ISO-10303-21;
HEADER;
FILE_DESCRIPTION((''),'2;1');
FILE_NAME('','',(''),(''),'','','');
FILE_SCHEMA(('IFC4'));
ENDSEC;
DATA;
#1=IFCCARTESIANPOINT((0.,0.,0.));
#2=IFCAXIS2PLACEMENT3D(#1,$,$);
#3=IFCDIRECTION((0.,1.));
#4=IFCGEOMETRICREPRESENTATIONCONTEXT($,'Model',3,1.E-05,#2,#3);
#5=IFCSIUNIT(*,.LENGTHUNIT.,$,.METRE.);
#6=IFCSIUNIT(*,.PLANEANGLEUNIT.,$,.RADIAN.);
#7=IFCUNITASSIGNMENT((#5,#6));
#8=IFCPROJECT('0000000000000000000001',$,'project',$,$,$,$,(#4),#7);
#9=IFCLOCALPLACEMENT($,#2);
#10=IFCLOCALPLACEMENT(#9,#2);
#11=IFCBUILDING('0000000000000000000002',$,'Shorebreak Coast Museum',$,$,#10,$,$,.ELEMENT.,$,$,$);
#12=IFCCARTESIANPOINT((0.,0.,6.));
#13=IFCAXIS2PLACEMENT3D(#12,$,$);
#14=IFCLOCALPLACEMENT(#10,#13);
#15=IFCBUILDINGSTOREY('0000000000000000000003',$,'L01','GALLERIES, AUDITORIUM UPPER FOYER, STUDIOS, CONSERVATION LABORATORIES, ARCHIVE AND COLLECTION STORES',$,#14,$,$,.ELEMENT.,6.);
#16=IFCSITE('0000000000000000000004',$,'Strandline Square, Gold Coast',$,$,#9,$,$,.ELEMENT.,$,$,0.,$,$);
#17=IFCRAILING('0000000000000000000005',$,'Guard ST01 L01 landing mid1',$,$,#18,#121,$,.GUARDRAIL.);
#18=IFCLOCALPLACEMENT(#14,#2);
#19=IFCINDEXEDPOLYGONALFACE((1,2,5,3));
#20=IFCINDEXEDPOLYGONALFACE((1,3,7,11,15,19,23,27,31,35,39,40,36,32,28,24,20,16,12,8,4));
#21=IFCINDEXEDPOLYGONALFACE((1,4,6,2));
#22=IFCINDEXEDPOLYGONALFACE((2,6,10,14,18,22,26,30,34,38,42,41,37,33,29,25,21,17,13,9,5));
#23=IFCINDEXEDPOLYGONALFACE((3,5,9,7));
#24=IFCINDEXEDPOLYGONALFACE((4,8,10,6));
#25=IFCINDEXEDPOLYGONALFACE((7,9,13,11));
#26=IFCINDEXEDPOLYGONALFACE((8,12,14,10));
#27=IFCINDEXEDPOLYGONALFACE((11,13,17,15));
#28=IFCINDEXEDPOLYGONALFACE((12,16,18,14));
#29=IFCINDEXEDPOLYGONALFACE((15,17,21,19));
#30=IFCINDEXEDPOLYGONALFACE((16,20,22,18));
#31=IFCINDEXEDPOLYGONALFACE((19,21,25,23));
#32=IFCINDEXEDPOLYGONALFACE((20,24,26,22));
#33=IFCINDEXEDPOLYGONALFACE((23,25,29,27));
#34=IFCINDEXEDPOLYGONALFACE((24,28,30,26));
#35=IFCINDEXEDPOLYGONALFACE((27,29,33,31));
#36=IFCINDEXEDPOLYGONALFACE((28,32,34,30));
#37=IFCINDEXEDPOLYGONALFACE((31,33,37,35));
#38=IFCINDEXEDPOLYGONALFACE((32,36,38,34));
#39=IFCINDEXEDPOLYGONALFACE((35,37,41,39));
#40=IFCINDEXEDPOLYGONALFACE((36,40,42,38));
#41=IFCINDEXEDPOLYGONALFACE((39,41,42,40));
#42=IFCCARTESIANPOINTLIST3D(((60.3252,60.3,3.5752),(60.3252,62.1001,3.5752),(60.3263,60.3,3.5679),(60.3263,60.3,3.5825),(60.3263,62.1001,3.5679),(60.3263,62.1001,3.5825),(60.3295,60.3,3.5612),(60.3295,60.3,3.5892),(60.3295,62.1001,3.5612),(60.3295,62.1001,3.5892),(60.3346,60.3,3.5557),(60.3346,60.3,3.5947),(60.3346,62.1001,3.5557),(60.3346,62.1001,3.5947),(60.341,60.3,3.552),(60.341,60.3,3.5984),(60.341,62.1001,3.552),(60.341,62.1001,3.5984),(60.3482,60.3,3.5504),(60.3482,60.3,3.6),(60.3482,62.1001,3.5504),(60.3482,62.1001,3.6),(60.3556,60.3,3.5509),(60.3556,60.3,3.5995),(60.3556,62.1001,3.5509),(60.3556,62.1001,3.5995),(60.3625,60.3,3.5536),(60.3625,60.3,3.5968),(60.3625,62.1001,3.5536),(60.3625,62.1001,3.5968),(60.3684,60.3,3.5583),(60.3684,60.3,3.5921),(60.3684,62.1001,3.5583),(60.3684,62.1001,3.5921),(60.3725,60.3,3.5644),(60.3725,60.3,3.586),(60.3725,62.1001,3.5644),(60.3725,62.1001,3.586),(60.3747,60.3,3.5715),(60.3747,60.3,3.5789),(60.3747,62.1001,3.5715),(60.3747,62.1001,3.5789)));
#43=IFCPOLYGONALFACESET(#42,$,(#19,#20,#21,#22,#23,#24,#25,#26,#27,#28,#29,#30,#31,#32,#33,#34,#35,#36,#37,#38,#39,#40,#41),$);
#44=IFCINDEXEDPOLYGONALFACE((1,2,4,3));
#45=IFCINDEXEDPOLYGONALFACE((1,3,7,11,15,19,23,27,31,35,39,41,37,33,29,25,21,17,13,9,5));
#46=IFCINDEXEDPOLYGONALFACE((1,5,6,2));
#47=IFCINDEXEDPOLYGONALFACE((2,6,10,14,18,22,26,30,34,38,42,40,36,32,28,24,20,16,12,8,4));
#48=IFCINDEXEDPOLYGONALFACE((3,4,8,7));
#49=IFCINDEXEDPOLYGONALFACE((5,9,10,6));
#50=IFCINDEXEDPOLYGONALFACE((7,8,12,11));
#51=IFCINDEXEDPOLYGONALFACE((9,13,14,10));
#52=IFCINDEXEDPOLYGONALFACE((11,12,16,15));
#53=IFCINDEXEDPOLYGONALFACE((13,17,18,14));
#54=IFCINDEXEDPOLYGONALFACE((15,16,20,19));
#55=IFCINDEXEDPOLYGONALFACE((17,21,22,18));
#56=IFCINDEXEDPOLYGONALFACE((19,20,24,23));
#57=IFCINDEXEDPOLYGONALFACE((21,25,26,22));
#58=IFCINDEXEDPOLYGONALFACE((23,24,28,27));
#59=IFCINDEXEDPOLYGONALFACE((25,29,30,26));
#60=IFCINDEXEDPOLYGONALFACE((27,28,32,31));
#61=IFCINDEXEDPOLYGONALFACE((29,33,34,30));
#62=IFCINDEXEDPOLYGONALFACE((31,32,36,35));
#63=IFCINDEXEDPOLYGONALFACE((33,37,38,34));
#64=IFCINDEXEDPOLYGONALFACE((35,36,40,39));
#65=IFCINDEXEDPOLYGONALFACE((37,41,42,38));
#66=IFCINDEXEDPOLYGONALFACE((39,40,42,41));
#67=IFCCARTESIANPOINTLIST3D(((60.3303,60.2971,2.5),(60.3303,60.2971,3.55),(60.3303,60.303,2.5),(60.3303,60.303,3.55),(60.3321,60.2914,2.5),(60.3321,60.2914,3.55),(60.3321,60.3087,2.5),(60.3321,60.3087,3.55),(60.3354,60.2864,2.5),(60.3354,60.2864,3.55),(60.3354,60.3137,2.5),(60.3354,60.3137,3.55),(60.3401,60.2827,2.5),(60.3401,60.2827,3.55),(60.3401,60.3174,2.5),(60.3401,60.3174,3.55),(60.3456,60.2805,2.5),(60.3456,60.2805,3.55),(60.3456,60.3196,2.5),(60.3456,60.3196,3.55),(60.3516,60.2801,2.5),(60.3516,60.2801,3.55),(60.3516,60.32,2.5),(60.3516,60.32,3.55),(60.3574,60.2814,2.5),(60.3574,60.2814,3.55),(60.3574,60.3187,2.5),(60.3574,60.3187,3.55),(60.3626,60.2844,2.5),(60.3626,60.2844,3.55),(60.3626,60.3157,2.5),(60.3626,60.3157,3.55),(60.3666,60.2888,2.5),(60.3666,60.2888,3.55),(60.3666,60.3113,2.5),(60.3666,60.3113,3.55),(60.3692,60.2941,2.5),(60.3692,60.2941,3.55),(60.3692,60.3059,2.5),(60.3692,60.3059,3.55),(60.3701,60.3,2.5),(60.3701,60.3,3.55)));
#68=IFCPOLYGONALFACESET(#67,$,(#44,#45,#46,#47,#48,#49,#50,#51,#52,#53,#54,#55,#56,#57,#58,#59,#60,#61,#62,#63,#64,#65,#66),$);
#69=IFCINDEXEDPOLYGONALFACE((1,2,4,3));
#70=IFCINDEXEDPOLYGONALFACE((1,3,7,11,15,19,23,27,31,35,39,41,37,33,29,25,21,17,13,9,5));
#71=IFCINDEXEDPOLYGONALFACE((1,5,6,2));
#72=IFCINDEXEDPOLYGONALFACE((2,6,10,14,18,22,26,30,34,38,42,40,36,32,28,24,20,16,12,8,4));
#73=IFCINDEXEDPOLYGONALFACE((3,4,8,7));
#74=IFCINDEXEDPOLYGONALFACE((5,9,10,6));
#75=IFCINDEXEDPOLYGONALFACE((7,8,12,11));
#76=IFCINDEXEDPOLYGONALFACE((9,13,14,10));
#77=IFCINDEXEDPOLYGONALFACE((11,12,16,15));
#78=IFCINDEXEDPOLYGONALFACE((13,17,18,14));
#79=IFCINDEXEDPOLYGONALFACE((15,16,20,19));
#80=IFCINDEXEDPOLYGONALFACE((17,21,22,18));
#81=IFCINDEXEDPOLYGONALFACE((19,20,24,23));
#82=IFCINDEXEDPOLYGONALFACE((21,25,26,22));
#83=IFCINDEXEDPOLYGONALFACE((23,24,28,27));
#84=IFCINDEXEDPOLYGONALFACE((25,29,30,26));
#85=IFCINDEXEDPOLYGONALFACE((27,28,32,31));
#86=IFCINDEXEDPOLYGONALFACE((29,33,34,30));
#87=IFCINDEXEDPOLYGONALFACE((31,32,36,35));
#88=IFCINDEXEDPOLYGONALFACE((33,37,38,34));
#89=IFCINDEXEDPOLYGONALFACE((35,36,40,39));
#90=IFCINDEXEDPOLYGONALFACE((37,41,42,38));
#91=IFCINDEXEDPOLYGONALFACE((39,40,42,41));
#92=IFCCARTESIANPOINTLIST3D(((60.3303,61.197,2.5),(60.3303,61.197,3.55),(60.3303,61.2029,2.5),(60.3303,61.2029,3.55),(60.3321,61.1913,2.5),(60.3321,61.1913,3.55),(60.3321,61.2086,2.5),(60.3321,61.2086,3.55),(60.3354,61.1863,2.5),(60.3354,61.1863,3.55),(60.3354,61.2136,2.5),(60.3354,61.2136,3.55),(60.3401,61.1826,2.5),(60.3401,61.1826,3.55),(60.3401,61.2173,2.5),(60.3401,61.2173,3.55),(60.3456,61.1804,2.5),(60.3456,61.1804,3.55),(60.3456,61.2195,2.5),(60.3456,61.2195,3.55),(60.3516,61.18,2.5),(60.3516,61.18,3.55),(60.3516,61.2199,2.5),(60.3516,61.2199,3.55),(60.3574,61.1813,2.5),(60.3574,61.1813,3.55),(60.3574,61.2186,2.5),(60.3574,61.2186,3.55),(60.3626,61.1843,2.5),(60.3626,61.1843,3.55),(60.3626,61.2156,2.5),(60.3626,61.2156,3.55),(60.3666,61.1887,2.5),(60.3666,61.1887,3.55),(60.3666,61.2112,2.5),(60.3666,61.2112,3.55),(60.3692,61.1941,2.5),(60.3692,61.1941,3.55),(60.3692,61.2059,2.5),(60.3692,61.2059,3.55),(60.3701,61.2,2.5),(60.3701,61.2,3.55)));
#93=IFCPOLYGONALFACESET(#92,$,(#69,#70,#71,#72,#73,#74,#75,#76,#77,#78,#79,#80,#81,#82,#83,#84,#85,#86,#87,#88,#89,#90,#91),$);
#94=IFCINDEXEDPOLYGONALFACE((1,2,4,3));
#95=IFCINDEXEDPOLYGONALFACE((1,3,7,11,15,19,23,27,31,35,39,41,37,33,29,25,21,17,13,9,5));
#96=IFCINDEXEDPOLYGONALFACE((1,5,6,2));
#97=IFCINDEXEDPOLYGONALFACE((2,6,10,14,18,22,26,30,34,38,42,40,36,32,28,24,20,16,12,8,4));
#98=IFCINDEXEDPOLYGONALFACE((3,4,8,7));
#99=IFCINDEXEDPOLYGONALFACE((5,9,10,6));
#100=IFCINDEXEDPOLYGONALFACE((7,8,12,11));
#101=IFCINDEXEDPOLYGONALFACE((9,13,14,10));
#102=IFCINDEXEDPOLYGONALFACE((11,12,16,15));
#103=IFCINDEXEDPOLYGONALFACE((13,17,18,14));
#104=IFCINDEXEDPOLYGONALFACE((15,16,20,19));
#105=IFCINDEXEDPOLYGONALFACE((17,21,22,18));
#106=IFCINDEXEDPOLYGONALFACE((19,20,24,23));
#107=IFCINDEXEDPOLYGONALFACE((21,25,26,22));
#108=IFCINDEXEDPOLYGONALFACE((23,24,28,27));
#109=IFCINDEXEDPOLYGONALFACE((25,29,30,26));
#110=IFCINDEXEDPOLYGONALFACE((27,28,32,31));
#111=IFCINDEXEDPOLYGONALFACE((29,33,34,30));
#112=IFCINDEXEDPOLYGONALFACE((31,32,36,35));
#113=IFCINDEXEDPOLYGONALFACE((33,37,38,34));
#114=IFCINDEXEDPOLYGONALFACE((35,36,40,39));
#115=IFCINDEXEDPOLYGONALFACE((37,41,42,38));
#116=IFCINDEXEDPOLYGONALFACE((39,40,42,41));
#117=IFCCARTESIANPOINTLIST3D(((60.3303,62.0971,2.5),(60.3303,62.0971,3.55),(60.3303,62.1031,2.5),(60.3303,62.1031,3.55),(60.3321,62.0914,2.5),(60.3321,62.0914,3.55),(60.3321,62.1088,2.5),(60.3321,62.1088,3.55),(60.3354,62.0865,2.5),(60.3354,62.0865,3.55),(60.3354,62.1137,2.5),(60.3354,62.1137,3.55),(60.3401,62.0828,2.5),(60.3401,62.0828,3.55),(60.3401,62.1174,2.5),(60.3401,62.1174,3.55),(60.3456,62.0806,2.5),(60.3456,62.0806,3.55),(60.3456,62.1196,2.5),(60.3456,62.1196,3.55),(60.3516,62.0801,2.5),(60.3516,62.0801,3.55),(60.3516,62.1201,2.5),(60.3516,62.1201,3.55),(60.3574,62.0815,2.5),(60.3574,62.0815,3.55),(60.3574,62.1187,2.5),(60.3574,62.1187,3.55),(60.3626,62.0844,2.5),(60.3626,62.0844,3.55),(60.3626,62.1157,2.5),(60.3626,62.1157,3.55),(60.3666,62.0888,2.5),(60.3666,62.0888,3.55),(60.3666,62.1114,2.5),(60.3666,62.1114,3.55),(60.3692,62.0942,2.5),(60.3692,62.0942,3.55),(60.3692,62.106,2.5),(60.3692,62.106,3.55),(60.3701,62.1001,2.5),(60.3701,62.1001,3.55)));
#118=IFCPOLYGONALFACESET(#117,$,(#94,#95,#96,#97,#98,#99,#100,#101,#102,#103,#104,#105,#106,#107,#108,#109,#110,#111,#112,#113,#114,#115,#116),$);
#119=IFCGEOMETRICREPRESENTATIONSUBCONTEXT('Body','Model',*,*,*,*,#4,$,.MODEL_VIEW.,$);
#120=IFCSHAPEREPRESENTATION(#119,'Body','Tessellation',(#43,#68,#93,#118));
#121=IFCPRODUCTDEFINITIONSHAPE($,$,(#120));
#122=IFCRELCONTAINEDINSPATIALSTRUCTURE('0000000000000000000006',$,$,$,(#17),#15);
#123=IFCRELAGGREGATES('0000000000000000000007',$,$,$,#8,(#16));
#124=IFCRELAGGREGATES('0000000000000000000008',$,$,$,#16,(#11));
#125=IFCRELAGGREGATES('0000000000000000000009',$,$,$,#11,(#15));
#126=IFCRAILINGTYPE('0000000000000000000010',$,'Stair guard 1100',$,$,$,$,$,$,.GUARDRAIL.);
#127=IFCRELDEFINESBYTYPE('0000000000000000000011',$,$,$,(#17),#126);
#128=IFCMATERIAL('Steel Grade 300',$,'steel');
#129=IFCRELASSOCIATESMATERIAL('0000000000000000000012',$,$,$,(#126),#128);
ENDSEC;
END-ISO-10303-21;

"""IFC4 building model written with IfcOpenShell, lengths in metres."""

from ifc_helpers import new_model, si_unit, direction, frame, origin, origin_2d, place, context, subcontext, project, spatial, circle, extrude, material, type_object, element, save


model = new_model("IFC4")

# Units and contexts
model_context = context("Model", 3, precision=1e-05, world=origin(), true_north=direction((0.0, 1.0)))
body_context = subcontext(model_context, "Body", "Model", "MODEL_VIEW")
ifc_project = project(units=[si_unit("LENGTHUNIT", "METRE"), si_unit("PLANEANGLEUNIT", "RADIAN")], contexts=[model_context])

# Site, building, storey
site_placement = place(None, origin())
site = spatial("IfcSite", under=ifc_project, at=site_placement, Name="Strandline Square, Gold Coast", CompositionType="ELEMENT", RefElevation=0.0)
building_placement = place(site_placement, origin())
building = spatial("IfcBuilding", under=site, at=building_placement, Name="Shorebreak Coast Museum", CompositionType="ELEMENT")
storey_placement = place(building_placement, frame((0.0, 0.0, 6.0)))
storey = spatial("IfcBuildingStorey", under=building, at=storey_placement, Name="L01", Description="GALLERIES, AUDITORIUM UPPER FOYER, STUDIOS, CONSERVATION LABORATORIES, ARCHIVE AND COLLECTION STORES", CompositionType="ELEMENT", Elevation=6.0)

# Railing
ifc_material_1 = material(Name="Steel Grade 300", Category="steel")
railing_type_1 = type_object("IfcRailingType", Name="Stair guard 1100", PredefinedType="GUARDRAIL", material=ifc_material_1)
railing_1_placement = place(storey_placement, frame((60.3501, 60.3, 2.5)))
element("IfcRailing", 1, at=railing_1_placement, inside=storey, type_object=railing_type_1, Name="Guard ST01 L01 landing mid1", PredefinedType="GUARDRAIL", context=body_context, shape_type="SweptSolid", body=[
    extrude(circle(Radius=0.0249, at=origin_2d()), frame((0.0, 0.0, 1.0752), z_axis=(0.0, 1.0, 0.0), x_axis=(-1.0, 0.0, 0.0)), (0.0, 0.0, 1.0), 1.8),
    extrude(circle(Radius=0.02, at=origin_2d()), origin(), (0.0, 0.0, 1.0), 1.05),
    extrude(circle(Radius=0.02, at=origin_2d()), frame((0.0, 0.8999, 0.0)), (0.0, 0.0, 1.0), 1.05),
    extrude(circle(Radius=0.02, at=origin_2d()), frame((0.0, 1.8, 0.0)), (0.0, 0.0, 1.0), 1.05),
])

save(model, "model.ifc")
